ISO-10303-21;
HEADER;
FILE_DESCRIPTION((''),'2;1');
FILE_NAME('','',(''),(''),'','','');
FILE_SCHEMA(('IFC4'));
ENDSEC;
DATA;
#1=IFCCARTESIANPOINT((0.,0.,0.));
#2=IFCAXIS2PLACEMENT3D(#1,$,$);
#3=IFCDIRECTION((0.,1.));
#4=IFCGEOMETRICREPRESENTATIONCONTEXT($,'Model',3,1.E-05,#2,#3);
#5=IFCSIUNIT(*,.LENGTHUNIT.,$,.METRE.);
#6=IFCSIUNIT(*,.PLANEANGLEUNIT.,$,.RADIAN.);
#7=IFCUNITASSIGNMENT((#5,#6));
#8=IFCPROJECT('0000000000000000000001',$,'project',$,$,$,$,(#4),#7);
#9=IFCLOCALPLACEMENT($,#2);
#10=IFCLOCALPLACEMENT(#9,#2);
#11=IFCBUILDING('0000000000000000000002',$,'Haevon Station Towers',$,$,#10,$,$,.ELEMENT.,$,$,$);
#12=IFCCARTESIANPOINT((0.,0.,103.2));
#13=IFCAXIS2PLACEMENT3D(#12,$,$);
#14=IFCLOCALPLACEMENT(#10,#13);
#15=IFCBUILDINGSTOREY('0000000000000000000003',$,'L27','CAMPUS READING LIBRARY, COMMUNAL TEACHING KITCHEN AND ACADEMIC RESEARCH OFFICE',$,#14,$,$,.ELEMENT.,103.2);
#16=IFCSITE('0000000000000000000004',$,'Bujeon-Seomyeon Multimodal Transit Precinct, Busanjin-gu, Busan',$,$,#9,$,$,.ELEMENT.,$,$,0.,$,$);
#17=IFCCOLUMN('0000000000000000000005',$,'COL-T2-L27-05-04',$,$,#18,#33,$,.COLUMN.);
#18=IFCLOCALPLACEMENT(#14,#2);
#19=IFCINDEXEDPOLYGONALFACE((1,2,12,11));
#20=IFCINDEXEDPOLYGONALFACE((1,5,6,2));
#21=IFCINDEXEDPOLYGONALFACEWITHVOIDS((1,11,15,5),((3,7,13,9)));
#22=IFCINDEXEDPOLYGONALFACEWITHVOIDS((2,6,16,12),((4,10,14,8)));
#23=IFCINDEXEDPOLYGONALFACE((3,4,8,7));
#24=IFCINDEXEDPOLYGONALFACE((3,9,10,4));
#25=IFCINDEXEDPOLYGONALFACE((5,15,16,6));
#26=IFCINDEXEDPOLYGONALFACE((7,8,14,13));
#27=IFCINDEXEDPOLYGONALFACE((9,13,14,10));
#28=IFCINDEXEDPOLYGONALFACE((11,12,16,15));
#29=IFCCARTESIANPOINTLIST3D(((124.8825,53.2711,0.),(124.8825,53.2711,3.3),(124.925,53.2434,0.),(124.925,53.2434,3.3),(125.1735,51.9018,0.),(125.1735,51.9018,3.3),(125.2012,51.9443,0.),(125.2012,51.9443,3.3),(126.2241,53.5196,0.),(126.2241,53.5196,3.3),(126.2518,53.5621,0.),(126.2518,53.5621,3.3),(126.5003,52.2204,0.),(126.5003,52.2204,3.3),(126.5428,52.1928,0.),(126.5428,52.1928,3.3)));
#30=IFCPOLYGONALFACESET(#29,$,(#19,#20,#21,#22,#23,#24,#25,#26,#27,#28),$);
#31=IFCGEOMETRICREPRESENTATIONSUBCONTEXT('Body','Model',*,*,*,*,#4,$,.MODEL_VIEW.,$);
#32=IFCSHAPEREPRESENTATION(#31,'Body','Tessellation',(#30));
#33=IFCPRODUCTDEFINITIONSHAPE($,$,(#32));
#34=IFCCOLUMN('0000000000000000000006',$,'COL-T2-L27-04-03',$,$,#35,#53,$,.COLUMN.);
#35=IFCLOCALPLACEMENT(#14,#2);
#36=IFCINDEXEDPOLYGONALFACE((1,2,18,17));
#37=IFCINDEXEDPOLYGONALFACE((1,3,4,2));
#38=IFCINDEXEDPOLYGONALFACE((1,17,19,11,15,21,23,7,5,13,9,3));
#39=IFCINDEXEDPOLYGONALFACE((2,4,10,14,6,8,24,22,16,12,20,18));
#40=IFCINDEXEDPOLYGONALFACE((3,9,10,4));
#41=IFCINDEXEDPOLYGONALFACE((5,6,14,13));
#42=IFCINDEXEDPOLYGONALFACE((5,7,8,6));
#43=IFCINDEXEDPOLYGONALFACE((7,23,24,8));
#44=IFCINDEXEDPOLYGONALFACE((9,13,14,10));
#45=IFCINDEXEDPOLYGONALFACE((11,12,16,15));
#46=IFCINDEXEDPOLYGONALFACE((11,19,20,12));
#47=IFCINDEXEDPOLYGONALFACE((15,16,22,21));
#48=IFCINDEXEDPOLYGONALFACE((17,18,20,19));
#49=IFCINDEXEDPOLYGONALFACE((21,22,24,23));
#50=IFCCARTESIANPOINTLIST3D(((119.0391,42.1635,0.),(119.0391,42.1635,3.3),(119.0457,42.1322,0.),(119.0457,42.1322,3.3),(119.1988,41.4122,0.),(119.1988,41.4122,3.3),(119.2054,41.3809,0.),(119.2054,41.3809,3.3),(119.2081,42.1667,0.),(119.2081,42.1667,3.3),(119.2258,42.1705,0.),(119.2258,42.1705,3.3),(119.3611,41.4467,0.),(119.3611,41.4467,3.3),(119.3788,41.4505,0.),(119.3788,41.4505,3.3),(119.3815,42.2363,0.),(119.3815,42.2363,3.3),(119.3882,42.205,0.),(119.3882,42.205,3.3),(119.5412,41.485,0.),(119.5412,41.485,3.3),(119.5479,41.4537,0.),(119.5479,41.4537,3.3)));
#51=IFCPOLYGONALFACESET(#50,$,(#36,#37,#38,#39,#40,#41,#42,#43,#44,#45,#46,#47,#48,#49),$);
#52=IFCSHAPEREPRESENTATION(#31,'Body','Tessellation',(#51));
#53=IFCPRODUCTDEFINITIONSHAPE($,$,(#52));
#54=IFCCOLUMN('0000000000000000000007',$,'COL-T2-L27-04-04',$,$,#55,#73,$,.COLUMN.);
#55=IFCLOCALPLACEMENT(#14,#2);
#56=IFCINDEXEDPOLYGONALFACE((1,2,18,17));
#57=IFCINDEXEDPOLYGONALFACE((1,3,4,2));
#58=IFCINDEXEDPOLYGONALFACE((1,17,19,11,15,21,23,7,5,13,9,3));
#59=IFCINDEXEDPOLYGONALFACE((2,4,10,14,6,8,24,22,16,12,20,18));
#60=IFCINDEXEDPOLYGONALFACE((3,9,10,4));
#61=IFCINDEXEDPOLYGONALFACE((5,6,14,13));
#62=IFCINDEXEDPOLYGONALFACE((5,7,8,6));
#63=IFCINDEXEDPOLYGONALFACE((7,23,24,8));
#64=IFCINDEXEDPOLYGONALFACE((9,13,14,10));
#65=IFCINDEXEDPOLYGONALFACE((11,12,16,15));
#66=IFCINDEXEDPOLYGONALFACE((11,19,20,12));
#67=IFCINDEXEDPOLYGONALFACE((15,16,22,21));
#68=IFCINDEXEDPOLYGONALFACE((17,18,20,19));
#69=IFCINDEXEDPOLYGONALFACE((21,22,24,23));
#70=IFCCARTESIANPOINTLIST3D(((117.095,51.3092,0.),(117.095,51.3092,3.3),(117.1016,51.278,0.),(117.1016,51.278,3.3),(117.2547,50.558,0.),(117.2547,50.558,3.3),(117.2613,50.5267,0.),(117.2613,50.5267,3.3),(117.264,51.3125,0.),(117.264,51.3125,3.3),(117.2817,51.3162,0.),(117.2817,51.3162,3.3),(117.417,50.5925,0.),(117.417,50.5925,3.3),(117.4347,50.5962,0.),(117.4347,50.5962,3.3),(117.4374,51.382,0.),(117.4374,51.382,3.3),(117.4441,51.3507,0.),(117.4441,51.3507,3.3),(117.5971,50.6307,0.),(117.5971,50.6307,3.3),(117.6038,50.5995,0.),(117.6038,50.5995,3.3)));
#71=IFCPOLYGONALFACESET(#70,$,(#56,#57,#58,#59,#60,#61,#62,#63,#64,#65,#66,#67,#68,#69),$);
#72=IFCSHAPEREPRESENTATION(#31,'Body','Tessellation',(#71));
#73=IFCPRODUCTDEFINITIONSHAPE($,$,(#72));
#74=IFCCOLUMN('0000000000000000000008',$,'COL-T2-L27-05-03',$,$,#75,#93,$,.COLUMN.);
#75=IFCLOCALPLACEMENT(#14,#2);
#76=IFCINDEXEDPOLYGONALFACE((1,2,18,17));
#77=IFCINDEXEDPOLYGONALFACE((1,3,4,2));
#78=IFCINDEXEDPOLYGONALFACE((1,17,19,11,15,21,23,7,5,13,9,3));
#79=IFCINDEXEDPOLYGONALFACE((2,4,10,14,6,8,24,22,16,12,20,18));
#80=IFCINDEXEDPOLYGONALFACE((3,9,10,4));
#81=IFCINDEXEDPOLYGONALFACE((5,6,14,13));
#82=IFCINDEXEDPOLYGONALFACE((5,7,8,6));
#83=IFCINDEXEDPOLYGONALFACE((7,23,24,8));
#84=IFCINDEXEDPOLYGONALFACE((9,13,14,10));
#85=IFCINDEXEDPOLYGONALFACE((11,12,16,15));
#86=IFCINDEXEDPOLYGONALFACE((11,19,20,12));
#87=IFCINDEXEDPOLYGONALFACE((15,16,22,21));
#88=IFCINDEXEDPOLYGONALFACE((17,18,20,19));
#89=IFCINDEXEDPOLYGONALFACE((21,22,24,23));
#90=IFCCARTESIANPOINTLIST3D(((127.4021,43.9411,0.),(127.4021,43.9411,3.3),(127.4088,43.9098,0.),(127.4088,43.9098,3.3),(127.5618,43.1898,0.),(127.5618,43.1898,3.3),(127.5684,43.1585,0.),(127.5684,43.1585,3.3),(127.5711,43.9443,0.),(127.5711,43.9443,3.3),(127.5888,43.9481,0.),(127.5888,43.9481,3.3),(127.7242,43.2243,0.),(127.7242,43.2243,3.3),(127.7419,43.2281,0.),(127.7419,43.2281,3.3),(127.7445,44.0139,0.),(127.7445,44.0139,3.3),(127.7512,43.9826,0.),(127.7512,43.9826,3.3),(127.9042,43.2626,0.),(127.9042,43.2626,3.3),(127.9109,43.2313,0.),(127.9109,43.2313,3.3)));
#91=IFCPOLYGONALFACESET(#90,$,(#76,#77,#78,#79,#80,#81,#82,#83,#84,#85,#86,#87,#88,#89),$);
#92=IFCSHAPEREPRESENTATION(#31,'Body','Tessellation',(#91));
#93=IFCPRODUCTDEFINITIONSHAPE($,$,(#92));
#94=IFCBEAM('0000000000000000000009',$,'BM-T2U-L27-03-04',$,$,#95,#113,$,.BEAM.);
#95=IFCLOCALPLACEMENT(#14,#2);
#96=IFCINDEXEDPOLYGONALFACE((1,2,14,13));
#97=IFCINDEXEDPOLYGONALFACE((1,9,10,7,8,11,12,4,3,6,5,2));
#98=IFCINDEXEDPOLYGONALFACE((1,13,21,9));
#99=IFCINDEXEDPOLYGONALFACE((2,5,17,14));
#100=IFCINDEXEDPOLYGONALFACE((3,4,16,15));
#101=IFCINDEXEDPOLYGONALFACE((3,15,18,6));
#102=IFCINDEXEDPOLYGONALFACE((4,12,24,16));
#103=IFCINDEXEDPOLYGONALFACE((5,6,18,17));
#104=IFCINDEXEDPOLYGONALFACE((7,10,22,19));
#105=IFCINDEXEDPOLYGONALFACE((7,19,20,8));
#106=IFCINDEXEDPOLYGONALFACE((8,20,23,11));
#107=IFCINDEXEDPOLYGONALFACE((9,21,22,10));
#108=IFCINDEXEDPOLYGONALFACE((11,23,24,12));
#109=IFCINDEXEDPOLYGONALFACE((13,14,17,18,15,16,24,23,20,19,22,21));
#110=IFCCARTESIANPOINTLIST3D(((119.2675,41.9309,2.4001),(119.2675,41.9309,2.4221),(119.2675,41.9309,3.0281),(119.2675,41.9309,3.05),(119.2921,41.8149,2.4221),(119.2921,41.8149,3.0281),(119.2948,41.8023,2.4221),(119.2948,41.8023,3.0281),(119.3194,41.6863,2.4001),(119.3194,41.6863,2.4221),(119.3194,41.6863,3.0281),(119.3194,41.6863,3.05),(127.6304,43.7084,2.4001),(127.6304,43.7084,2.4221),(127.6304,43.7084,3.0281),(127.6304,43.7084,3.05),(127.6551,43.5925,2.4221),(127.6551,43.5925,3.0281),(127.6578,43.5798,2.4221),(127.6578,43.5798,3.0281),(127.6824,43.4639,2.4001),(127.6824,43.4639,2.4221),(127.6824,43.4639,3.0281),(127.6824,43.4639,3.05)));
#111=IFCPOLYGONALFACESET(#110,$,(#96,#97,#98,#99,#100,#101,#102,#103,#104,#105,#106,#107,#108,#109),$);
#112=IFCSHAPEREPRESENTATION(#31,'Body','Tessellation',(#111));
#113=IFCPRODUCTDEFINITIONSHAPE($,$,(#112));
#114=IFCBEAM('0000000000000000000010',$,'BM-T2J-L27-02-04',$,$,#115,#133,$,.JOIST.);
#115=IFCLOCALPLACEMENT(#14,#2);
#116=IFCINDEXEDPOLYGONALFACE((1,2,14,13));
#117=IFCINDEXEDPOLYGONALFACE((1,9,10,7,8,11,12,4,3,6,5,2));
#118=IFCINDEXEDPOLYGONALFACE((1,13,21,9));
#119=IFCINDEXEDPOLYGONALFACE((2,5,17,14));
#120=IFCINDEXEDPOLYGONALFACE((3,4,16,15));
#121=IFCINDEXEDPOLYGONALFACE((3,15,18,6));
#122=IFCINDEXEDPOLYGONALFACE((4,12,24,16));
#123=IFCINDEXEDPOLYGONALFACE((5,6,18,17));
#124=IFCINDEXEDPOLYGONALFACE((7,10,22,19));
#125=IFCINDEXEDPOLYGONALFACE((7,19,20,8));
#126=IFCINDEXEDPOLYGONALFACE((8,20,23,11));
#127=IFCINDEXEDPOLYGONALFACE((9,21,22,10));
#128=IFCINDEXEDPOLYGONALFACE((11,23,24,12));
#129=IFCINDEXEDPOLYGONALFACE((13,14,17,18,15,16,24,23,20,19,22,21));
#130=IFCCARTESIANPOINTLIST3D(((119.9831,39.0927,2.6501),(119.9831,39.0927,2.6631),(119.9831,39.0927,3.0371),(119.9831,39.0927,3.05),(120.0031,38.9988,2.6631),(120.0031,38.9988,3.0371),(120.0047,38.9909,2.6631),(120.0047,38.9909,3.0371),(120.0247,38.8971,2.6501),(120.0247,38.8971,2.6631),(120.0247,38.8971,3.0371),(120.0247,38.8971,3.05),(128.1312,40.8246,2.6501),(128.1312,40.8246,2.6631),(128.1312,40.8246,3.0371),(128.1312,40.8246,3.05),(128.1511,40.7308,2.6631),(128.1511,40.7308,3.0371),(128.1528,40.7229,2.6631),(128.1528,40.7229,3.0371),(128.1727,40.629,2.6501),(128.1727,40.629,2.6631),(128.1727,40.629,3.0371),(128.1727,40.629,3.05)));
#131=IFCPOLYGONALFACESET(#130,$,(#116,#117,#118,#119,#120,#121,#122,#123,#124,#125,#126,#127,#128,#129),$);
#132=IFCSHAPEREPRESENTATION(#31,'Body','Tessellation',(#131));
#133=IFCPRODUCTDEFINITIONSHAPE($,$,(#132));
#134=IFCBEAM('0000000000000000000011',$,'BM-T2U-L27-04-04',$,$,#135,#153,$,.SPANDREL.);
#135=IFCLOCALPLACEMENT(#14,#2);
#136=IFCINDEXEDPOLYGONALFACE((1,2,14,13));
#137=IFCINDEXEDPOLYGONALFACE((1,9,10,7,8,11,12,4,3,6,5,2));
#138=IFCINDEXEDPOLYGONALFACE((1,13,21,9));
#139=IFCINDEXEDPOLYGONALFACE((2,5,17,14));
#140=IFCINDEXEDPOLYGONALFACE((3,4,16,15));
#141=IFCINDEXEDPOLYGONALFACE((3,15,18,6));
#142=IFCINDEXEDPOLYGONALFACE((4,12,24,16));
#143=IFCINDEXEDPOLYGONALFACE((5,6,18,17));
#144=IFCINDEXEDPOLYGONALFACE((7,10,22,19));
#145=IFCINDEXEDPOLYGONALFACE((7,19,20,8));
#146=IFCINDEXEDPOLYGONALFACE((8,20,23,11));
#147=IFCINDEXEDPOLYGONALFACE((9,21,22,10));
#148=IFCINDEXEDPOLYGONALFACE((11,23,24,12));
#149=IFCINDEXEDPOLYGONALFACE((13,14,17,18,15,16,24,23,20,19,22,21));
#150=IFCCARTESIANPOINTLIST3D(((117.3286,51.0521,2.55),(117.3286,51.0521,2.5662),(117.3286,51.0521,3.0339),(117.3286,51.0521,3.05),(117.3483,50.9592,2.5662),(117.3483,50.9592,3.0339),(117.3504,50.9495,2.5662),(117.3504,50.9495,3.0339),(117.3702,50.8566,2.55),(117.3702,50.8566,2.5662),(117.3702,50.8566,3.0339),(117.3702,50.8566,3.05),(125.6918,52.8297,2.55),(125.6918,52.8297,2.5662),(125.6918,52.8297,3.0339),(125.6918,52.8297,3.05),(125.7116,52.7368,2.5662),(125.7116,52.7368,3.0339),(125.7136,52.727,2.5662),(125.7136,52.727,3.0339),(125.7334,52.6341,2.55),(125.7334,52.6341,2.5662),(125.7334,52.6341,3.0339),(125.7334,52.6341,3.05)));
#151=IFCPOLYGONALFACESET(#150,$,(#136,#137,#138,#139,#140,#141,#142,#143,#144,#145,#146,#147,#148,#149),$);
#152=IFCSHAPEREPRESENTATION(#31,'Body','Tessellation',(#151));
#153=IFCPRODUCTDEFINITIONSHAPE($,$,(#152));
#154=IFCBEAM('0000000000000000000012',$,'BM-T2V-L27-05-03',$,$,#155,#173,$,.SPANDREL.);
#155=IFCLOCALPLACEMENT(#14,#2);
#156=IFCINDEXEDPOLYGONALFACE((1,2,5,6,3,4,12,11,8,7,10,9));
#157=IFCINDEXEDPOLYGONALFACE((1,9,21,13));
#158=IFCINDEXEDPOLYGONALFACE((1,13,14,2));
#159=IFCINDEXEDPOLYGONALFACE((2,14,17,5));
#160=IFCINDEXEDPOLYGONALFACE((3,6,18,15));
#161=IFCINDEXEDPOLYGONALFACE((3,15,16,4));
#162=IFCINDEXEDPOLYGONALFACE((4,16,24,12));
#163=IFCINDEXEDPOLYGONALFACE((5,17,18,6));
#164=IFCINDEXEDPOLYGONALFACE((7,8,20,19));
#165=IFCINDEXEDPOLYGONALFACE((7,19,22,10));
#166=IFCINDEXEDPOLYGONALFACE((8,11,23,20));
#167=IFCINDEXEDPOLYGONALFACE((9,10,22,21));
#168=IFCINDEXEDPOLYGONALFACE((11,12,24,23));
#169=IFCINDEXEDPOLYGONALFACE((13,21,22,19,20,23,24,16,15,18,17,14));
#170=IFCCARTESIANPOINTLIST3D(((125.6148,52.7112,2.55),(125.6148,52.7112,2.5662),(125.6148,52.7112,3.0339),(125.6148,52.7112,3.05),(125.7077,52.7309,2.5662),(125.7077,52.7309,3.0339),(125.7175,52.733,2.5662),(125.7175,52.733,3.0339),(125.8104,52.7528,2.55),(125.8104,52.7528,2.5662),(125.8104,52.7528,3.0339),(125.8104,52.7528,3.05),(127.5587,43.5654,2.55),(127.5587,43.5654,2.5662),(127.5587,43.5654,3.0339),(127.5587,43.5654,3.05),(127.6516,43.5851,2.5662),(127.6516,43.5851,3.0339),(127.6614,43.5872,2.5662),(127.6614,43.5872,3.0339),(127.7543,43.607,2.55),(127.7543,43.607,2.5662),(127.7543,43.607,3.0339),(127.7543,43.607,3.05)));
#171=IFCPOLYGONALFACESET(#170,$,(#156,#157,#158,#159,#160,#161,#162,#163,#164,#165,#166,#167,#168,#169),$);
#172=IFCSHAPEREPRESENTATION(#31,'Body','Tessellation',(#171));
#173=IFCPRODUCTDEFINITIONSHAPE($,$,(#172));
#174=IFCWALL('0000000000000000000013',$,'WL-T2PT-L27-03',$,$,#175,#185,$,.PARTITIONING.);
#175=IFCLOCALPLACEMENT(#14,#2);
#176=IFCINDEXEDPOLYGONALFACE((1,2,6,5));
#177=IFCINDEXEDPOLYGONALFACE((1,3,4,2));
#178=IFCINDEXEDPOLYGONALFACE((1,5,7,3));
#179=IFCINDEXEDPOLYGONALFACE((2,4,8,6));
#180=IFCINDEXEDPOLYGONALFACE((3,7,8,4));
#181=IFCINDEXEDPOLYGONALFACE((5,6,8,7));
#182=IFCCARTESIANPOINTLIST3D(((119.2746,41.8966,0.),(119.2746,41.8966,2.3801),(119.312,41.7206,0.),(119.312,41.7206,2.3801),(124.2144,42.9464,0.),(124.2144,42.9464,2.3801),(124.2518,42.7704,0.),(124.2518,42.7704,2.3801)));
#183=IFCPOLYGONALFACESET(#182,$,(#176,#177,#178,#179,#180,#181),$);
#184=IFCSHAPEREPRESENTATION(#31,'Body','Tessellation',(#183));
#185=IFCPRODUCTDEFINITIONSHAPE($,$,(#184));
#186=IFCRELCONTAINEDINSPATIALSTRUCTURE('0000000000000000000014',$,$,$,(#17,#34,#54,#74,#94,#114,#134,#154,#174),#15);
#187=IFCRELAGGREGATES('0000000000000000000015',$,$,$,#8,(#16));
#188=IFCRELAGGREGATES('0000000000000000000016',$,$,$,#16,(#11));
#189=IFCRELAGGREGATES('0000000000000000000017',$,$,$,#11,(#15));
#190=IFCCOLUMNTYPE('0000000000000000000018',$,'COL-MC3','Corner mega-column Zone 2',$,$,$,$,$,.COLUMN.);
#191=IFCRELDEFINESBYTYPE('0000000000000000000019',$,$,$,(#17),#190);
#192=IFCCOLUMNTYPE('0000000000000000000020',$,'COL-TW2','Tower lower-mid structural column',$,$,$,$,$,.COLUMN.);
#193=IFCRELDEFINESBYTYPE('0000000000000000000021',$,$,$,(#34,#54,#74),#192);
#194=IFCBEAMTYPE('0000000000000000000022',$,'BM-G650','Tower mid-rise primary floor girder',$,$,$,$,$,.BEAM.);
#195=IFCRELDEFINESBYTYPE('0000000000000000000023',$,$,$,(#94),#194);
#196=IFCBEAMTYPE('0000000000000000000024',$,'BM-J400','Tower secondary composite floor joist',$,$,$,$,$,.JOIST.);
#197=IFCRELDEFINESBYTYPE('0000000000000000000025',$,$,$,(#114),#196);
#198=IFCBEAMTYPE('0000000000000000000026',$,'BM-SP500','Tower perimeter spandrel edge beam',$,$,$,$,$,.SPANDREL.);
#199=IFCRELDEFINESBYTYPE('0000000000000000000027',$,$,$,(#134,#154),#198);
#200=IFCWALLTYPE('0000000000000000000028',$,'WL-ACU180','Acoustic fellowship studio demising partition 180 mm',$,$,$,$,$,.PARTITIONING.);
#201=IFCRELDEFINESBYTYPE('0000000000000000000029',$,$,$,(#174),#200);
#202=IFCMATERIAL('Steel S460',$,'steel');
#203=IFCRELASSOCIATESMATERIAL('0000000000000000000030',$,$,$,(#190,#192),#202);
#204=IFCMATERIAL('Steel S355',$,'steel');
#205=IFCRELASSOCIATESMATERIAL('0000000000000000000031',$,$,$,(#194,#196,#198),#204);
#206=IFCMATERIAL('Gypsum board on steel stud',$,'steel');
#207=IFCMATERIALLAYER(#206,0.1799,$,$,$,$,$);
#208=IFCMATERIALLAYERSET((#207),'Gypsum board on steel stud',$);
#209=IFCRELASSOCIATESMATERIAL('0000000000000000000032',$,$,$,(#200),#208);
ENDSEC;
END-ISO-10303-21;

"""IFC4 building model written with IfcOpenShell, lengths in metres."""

from ifc_helpers import new_model, si_unit, direction, frame, frame_2d, origin, origin_2d, place, context, subcontext, project, spatial, rectangle, hollow_rectangle, i_section, extrude, material, layer, layer_set, material_profile, profile_set, type_object, element, save


model = new_model("IFC4")

# Units and contexts
model_context = context("Model", 3, precision=1e-05, world=origin(), true_north=direction((0.0, 1.0)))
body_context = subcontext(model_context, "Body", "Model", "MODEL_VIEW")
ifc_project = project(units=[si_unit("LENGTHUNIT", "METRE"), si_unit("PLANEANGLEUNIT", "RADIAN")], contexts=[model_context])

# Site, building, storey
site_placement = place(None, origin())
site = spatial("IfcSite", under=ifc_project, at=site_placement, Name="Bujeon-Seomyeon Multimodal Transit Precinct, Busanjin-gu, Busan", CompositionType="ELEMENT", RefElevation=0.0)
building_placement = place(site_placement, origin())
building = spatial("IfcBuilding", under=site, at=building_placement, Name="Haevon Station Towers", CompositionType="ELEMENT")
storey_placement = place(building_placement, frame((0.0, 0.0, 103.2)))
storey = spatial("IfcBuildingStorey", under=building, at=storey_placement, Name="L27", Description="CAMPUS READING LIBRARY, COMMUNAL TEACHING KITCHEN AND ACADEMIC RESEARCH OFFICE", CompositionType="ELEMENT", Elevation=103.2)

# Columns
ifc_material_1 = material(Name="Steel S460", Category="steel")
ifc_material_profile_1 = material_profile(ifc_material_1, hollow_rectangle(XDim=1.3999, YDim=1.3999, WallThickness=0.0359, at=origin_2d()), Name="BOX-1400x1400x36")
ifc_profile_set_1 = profile_set([ifc_material_profile_1], Name="Steel S460")
column_type_1 = type_object("IfcColumnType", Name="COL-MC3", Description="Corner mega-column Zone 2", PredefinedType="COLUMN", material=ifc_profile_set_1)
column_placement = place(storey_placement, frame((125.7126, 52.7319, 0.0), z_axis=(0.0, 0.0, 1.0), x_axis=(0.978148, 0.207912, 0.0)))
element("IfcColumn", 1, at=column_placement, inside=storey, type_object=column_type_1, Name="COL-T2-L27-05-04", PredefinedType="COLUMN", context=body_context, shape_type="SweptSolid", body=[
    extrude(hollow_rectangle(XDim=1.3999, YDim=1.3999, WallThickness=0.0359, at=origin_2d()), origin(), (0.0, 0.0, 1.0), 3.3),
])
ifc_material_profile_2 = material_profile(ifc_material_1, i_section(OverallWidth=0.3501, OverallDepth=0.8, WebThickness=0.0181, FlangeThickness=0.032, at=origin_2d()), Name="H-800x350x18x32")
ifc_profile_set_2 = profile_set([ifc_material_profile_2], Name="Steel S460")
column_type_2 = type_object("IfcColumnType", Name="COL-TW2", Description="Tower lower-mid structural column", PredefinedType="COLUMN", material=ifc_profile_set_2)
for number, where, z_axis, x_axis, name in (
    (2, (119.2935, 41.8086, 0.0), (0.0, 0.0, 1.0), (0.978148, 0.207912, 0.0), "COL-T2-L27-04-03"),
    (3, (117.3494, 50.9543, 0.0), (0.0, 0.0, 1.0), (0.978148, 0.207912, 0.0), "COL-T2-L27-04-04"),
    (4, (127.6565, 43.5862, 0.0), (0.0, 0.0, 1.0), (0.978148, 0.207912, 0.0), "COL-T2-L27-05-03"),
):
    element("IfcColumn", number, at=place(storey_placement, frame(where, z_axis=z_axis, x_axis=x_axis)), inside=storey, type_object=column_type_2, Name=name, PredefinedType="COLUMN", context=body_context, shape_type="SweptSolid", body=[
        extrude(i_section(OverallWidth=0.3501, OverallDepth=0.8, WebThickness=0.0181, FlangeThickness=0.032, at=origin_2d()), origin(), (0.0, 0.0, 1.0), 3.3),
    ])

# Beams
ifc_material_2 = material(Name="Steel S355", Category="steel")
ifc_material_profile_3 = material_profile(ifc_material_2, i_section(OverallWidth=0.25, OverallDepth=0.6499, WebThickness=0.0129, FlangeThickness=0.022, at=origin_2d()), Name="H-650x250x13x22")
ifc_profile_set_3 = profile_set([ifc_material_profile_3], Name="Steel S355")
beam_type_1 = type_object("IfcBeamType", Name="BM-G650", Description="Tower mid-rise primary floor girder", PredefinedType="BEAM", material=ifc_profile_set_3)
beam_1_placement = place(storey_placement, frame((119.2935, 41.8086, 2.7251), z_axis=(0.978148, 0.207908, 0.0), x_axis=(-0.207908, 0.978148, 0.0)))
element("IfcBeam", 5, at=beam_1_placement, inside=storey, type_object=beam_type_1, Name="BM-T2U-L27-03-04", PredefinedType="BEAM", context=body_context, shape_type="SweptSolid", body=[
    extrude(i_section(OverallWidth=0.25, OverallDepth=0.6499, WebThickness=0.0129, FlangeThickness=0.022, at=origin_2d()), origin(), (0.0, 0.0, 1.0), 8.5498),
])
ifc_material_profile_4 = material_profile(ifc_material_2, i_section(OverallWidth=0.2, OverallDepth=0.3999, WebThickness=0.0081, FlangeThickness=0.0129, at=origin_2d()), Name="H-400x200x8x13")
ifc_profile_set_4 = profile_set([ifc_material_profile_4], Name="Steel S355")
beam_type_2 = type_object("IfcBeamType", Name="BM-J400", Description="Tower secondary composite floor joist", PredefinedType="JOIST", material=ifc_profile_set_4)
beam_2_placement = place(storey_placement, frame((120.0039, 38.9949, 2.8501), z_axis=(0.978147, 0.207916, 0.0), x_axis=(-0.207916, 0.978147, 0.0)))
element("IfcBeam", 6, at=beam_2_placement, inside=storey, type_object=beam_type_2, Name="BM-T2J-L27-02-04", PredefinedType="JOIST", context=body_context, shape_type="SweptSolid", body=[
    extrude(i_section(OverallWidth=0.2, OverallDepth=0.3999, WebThickness=0.0081, FlangeThickness=0.0129, at=origin_2d()), origin(), (0.0, 0.0, 1.0), 8.3301),
])
ifc_material_profile_5 = material_profile(ifc_material_2, i_section(OverallWidth=0.2, OverallDepth=0.5, WebThickness=0.01, FlangeThickness=0.0161, at=origin_2d()), Name="H-500x200x10x16")
ifc_profile_set_5 = profile_set([ifc_material_profile_5], Name="Steel S355")
beam_type_3 = type_object("IfcBeamType", Name="BM-SP500", Description="Tower perimeter spandrel edge beam", PredefinedType="SPANDREL", material=ifc_profile_set_5)
beam_3_placement = place(storey_placement, frame((117.3494, 50.9543, 2.8), z_axis=(0.97815, 0.207902, 0.0), x_axis=(-0.207902, 0.97815, 0.0)))
element("IfcBeam", 7, at=beam_3_placement, inside=storey, type_object=beam_type_3, Name="BM-T2U-L27-04-04", PredefinedType="SPANDREL", context=body_context, shape_type="SweptSolid", body=[
    extrude(i_section(OverallWidth=0.2, OverallDepth=0.5, WebThickness=0.01, FlangeThickness=0.0161, at=origin_2d()), origin(), (0.0, 0.0, 1.0), 8.55),
])
beam_4_placement = place(storey_placement, frame((127.6565, 43.5862, 2.8), z_axis=(-0.207897, 0.978151, 0.0), x_axis=(-0.978151, -0.207897, 0.0)))
element("IfcBeam", 8, at=beam_4_placement, inside=storey, type_object=beam_type_3, Name="BM-T2V-L27-05-03", PredefinedType="SPANDREL", context=body_context, shape_type="SweptSolid", body=[
    extrude(i_section(OverallWidth=0.2, OverallDepth=0.5, WebThickness=0.01, FlangeThickness=0.0161, at=origin_2d()), origin(), (0.0, 0.0, 1.0), 9.3501),
])

# Wall
ifc_material_3 = material(Name="Gypsum board on steel stud", Category="steel")
ifc_layer_1 = layer(ifc_material_3, 0.1799)
ifc_layer_set_1 = layer_set([ifc_layer_1], Name="Gypsum board on steel stud")
wall_type_1 = type_object("IfcWallType", Name="WL-ACU180", Description="Acoustic fellowship studio demising partition 180 mm", PredefinedType="PARTITIONING", material=ifc_layer_set_1)
wall_1_placement = place(storey_placement, frame((119.2935, 41.8086, 0.0), z_axis=(0.0, 0.0, 1.0), x_axis=(0.978154, 0.207881, 0.0)))
element("IfcWall", 9, at=wall_1_placement, inside=storey, type_object=wall_type_1, Name="WL-T2PT-L27-03", PredefinedType="PARTITIONING", context=body_context, shape_type="SweptSolid", body=[
    extrude(rectangle(XDim=5.05, YDim=0.1799, at=frame_2d((2.5249, 0.0))), origin(), (0.0, 0.0, 1.0), 2.3801),
])

save(model, "model.ifc")
